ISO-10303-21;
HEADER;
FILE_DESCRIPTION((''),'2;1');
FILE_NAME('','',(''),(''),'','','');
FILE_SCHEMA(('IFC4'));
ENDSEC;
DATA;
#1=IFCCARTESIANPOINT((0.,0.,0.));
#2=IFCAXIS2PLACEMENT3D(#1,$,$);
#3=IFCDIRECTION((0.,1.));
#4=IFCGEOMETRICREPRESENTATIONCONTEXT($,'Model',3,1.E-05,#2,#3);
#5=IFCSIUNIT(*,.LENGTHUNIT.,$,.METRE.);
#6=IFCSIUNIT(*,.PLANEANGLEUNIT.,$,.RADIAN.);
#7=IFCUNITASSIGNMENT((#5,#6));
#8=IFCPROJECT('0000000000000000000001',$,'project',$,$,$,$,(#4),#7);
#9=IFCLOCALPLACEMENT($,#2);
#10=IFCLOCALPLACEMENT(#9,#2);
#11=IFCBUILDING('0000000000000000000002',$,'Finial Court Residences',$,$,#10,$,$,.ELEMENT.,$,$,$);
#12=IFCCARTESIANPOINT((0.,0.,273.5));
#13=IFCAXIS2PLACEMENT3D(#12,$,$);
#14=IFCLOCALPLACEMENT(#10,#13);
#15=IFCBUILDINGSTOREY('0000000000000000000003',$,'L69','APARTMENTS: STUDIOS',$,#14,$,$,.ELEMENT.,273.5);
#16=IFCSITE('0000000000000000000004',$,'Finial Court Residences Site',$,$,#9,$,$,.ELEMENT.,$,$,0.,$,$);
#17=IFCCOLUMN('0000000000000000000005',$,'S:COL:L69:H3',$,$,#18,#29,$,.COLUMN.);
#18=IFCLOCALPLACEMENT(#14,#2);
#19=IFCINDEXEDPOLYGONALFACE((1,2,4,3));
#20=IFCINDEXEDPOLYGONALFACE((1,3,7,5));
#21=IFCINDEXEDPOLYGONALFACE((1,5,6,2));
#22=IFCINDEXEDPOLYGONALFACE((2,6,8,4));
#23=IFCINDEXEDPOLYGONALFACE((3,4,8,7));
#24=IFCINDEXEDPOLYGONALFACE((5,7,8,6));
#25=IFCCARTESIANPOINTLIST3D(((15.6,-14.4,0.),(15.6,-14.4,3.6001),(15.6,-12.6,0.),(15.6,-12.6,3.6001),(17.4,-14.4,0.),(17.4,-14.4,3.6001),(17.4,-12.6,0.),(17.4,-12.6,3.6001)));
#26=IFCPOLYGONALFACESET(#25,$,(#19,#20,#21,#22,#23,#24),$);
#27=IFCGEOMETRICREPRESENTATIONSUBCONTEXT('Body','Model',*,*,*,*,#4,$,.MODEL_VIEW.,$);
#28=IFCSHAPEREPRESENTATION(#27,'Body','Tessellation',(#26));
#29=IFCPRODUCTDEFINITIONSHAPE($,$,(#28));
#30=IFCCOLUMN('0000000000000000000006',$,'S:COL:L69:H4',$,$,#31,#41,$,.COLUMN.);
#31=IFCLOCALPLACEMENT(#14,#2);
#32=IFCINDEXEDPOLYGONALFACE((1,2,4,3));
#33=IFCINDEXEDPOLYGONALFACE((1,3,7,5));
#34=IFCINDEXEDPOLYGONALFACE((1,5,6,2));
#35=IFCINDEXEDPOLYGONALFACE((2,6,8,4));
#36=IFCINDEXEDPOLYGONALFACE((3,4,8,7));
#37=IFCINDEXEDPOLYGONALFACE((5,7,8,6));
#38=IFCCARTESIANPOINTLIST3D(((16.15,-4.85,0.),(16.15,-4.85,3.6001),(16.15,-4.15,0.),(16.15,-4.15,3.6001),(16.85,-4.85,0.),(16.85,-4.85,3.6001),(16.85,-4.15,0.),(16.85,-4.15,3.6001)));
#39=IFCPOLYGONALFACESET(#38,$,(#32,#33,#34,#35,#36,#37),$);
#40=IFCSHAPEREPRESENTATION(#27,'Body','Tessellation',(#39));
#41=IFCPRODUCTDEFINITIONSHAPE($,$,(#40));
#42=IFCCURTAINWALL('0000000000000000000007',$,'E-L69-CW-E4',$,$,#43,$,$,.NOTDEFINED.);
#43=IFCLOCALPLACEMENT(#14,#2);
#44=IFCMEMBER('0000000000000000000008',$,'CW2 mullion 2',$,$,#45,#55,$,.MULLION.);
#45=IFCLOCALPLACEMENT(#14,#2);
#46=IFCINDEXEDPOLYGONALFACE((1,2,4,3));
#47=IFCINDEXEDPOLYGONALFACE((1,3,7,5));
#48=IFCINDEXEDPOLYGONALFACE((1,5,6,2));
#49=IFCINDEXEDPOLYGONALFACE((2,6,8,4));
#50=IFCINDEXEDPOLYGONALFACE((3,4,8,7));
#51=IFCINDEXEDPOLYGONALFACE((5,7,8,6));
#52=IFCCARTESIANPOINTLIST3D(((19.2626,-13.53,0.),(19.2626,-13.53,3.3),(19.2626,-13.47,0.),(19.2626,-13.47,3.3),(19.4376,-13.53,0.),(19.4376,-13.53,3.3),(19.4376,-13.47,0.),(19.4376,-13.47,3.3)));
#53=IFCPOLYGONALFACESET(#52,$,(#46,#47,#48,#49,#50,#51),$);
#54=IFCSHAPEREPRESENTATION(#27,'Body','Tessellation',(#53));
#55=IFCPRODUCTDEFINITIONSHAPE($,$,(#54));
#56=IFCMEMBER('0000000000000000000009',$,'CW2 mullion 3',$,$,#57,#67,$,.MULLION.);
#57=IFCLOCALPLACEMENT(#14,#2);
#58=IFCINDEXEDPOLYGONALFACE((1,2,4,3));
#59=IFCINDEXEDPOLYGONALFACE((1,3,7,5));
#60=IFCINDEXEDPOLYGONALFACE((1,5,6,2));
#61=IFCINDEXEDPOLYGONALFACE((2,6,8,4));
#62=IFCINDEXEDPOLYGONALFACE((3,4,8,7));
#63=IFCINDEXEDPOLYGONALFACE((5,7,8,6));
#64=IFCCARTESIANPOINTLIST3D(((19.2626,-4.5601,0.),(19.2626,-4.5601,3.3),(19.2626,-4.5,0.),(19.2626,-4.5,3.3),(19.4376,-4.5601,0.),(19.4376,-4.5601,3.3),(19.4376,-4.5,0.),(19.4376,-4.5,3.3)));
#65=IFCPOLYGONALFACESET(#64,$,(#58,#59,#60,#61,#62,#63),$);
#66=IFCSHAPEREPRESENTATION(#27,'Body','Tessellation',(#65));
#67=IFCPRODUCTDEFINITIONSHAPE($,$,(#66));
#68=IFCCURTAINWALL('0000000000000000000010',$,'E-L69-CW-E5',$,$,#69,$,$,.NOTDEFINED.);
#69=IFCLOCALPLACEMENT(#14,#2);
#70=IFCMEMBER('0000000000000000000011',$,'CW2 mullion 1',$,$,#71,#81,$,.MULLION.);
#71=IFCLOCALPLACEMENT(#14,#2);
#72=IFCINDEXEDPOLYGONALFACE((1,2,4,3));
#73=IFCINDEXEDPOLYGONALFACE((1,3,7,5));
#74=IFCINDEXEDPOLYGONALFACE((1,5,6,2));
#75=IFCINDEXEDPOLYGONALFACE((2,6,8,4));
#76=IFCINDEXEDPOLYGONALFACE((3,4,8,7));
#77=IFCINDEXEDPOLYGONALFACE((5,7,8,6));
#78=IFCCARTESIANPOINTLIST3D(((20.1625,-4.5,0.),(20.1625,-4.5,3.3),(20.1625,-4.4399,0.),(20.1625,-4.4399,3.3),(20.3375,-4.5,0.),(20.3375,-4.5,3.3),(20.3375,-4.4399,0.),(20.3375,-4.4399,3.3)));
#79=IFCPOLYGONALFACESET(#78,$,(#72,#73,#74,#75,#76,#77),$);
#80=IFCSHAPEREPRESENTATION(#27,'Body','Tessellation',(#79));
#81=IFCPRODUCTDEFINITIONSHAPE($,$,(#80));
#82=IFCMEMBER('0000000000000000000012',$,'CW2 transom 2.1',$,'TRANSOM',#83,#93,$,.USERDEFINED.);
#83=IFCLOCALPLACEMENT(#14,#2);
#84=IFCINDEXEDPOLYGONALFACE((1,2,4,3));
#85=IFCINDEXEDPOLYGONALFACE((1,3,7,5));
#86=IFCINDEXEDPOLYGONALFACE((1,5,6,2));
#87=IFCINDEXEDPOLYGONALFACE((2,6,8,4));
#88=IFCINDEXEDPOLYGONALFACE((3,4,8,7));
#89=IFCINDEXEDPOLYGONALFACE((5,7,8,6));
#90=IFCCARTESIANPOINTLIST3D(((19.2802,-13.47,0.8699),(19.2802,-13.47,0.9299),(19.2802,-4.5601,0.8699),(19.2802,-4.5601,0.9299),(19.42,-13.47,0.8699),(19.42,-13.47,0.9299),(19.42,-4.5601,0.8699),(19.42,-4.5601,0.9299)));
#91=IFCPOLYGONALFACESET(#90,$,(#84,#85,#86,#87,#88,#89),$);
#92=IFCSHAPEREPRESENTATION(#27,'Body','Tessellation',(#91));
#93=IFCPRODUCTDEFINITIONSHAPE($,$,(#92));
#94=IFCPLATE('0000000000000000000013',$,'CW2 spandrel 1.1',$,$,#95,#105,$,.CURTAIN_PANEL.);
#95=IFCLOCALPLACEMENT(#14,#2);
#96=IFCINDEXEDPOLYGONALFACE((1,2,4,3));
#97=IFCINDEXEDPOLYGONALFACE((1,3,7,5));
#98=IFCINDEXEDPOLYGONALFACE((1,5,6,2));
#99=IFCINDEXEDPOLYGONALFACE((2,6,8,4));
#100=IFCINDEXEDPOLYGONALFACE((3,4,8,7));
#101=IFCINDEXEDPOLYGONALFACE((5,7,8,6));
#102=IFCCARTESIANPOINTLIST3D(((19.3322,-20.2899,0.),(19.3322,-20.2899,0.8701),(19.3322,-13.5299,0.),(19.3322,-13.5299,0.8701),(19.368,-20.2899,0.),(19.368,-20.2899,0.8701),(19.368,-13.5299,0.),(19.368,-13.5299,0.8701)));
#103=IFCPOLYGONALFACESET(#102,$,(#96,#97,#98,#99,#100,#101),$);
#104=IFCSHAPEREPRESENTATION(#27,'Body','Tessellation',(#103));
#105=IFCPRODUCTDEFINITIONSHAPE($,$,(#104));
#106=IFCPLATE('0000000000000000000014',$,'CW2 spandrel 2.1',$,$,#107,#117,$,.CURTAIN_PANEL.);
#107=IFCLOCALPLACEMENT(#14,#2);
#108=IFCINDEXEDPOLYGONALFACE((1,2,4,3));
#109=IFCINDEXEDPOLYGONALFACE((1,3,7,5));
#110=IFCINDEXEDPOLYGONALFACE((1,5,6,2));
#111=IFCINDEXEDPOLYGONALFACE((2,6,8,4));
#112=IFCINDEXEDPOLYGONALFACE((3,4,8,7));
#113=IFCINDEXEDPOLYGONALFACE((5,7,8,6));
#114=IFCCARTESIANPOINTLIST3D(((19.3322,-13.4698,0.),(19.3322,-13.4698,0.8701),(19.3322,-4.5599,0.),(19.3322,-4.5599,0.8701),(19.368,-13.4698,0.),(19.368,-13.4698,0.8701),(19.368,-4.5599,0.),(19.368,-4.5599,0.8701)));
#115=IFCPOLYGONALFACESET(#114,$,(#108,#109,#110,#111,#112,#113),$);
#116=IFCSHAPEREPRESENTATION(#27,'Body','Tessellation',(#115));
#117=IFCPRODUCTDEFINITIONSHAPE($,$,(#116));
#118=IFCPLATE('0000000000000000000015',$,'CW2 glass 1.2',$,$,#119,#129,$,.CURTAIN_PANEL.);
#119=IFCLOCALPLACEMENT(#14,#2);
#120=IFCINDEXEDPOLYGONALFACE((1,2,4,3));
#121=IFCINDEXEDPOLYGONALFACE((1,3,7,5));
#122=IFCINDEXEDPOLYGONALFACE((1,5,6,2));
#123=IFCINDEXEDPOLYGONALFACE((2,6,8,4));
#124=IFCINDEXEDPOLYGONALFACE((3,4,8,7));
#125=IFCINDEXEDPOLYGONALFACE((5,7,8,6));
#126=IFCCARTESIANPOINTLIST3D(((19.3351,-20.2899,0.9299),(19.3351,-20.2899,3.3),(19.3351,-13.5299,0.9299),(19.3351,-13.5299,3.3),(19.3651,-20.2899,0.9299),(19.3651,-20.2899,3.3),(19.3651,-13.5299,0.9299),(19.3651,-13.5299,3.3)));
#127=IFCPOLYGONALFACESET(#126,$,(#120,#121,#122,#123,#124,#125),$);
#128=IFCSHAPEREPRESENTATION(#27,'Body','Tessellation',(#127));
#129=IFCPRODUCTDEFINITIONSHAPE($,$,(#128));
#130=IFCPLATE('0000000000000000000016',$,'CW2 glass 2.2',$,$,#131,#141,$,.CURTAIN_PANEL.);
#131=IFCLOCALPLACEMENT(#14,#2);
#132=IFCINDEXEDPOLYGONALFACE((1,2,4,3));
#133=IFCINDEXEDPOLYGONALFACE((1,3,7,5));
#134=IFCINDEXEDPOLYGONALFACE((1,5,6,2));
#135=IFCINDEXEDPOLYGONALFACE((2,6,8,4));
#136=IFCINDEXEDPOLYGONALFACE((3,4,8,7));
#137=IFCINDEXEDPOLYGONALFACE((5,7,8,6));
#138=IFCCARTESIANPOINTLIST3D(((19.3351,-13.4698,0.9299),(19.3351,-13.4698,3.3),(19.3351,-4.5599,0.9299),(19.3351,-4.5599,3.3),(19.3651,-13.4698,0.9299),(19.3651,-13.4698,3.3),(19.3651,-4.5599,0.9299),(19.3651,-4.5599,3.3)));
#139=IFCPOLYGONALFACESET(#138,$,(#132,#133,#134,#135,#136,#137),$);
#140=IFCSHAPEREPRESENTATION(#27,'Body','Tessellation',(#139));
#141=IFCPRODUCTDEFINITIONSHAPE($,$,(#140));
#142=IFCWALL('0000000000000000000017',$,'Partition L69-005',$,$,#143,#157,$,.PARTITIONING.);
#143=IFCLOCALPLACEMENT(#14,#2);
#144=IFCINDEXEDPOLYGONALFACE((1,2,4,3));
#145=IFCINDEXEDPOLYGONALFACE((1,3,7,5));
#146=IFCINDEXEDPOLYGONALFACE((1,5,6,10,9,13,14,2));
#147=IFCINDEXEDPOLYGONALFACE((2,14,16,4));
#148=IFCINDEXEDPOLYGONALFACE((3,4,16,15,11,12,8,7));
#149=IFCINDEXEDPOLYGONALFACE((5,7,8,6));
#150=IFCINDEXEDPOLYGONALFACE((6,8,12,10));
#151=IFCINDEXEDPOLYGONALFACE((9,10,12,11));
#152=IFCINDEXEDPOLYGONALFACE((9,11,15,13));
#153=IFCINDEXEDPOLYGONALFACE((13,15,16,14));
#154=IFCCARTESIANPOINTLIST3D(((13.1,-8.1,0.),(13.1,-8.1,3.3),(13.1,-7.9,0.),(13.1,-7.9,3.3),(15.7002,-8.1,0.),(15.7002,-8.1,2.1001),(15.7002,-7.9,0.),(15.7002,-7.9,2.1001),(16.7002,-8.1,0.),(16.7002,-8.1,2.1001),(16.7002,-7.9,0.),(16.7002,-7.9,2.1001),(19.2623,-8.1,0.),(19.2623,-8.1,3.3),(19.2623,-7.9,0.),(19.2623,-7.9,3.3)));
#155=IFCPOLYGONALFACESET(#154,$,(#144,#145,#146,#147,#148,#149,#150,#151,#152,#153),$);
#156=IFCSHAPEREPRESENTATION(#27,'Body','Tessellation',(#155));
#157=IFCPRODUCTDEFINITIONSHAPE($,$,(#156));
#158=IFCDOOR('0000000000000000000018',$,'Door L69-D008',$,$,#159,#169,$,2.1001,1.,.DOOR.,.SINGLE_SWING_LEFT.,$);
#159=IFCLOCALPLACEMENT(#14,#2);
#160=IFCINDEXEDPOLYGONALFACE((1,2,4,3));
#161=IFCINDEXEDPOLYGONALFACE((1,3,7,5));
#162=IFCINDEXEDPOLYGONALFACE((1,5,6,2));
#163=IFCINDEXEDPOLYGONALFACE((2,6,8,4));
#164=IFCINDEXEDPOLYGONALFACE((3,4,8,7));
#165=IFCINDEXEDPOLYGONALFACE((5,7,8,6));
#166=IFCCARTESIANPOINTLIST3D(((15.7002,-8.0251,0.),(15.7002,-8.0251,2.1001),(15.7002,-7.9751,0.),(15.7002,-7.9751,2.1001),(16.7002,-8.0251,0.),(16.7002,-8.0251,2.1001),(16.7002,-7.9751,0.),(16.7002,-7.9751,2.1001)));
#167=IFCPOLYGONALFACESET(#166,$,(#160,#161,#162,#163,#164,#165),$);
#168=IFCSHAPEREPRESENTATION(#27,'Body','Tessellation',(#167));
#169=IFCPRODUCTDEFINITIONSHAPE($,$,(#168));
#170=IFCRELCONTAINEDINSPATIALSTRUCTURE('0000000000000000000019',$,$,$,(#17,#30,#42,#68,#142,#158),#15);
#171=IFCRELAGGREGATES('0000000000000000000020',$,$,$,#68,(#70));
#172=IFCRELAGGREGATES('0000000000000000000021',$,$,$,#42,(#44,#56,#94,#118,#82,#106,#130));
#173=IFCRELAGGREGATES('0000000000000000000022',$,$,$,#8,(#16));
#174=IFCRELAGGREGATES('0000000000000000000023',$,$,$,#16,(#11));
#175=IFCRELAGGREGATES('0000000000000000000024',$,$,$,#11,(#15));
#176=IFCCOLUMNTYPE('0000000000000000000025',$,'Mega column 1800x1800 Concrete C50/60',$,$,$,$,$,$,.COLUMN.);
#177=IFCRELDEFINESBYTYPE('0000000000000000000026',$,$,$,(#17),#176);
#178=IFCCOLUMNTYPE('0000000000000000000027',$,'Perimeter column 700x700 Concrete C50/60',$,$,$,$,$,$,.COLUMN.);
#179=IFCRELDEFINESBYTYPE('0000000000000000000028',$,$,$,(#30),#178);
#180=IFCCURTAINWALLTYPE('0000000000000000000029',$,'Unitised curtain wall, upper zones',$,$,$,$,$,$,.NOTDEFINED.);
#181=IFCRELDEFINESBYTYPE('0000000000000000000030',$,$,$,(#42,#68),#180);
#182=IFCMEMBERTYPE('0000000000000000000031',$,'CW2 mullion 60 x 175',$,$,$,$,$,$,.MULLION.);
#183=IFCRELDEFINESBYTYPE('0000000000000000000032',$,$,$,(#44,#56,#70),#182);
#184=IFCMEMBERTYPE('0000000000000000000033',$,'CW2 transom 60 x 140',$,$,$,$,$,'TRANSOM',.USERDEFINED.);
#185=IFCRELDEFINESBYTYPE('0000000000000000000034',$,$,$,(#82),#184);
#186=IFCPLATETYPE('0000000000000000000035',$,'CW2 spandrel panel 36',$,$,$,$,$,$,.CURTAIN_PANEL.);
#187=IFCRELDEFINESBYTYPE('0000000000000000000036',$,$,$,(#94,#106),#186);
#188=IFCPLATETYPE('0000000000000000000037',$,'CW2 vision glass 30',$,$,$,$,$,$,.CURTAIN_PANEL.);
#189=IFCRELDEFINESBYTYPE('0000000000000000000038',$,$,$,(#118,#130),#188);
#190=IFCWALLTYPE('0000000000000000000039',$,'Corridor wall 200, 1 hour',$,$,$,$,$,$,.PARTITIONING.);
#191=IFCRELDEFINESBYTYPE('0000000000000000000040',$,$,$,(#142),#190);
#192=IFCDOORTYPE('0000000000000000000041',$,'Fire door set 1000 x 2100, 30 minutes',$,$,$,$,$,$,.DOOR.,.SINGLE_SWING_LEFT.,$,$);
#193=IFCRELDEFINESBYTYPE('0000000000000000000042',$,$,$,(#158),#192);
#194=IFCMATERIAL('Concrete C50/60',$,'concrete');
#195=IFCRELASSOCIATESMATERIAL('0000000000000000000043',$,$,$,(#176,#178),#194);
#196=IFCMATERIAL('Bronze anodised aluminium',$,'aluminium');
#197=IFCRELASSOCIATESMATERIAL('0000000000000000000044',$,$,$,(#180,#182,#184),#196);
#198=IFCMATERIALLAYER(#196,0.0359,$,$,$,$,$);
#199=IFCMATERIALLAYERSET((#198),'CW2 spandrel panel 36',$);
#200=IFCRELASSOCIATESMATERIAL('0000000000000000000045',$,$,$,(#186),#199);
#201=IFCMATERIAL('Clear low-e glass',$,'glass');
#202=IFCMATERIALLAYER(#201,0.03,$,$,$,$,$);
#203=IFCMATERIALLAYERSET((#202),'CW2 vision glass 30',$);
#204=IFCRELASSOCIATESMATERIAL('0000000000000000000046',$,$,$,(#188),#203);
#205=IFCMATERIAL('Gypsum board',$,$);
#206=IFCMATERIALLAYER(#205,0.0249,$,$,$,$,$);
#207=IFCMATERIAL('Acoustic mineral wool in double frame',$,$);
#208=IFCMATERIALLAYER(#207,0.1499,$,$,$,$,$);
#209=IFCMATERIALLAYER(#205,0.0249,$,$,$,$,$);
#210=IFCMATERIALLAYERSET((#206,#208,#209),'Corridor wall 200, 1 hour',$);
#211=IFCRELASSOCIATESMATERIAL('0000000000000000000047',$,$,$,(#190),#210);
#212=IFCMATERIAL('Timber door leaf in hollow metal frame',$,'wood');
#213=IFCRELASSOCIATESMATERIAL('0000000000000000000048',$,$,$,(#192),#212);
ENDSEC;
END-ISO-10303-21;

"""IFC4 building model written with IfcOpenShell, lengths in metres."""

from ifc_helpers import new_model, si_unit, direction, frame, frame_2d, origin, origin_2d, place, context, subcontext, project, spatial, rectangle, extrude, material, layer, layer_set, material_profile, profile_set, type_object, element, fill, aggregate, save


model = new_model("IFC4")

# Units and contexts
model_context = context("Model", 3, precision=1e-05, world=origin(), true_north=direction((0.0, 1.0)))
body_context = subcontext(model_context, "Body", "Model", "MODEL_VIEW")
ifc_project = project(units=[si_unit("LENGTHUNIT", "METRE"), si_unit("PLANEANGLEUNIT", "RADIAN")], contexts=[model_context])

# Site, building, storey
site_placement = place(None, origin())
site = spatial("IfcSite", under=ifc_project, at=site_placement, Name="Finial Court Residences Site", CompositionType="ELEMENT", RefElevation=0.0)
building_placement = place(site_placement, origin())
building = spatial("IfcBuilding", under=site, at=building_placement, Name="Finial Court Residences", CompositionType="ELEMENT")
storey_placement = place(building_placement, frame((0.0, 0.0, 273.5)))
storey = spatial("IfcBuildingStorey", under=building, at=storey_placement, Name="L69", Description="APARTMENTS: STUDIOS", CompositionType="ELEMENT", Elevation=273.5)

# Columns
ifc_material_1 = material(Name="Concrete C50/60", Category="concrete")
ifc_material_profile_1 = material_profile(ifc_material_1, rectangle(XDim=1.8, YDim=1.8, at=origin_2d()), Name="1800x1800")
ifc_profile_set_1 = profile_set([ifc_material_profile_1], Name="Concrete C50/60")
column_type_1 = type_object("IfcColumnType", Name="Mega column 1800x1800 Concrete C50/60", PredefinedType="COLUMN", material=ifc_profile_set_1)
column_1_placement = place(storey_placement, frame((16.5, -13.5, 0.0), z_axis=(0.0, 0.0, 1.0), x_axis=(1.0, 0.0, 0.0)))
element("IfcColumn", 1, at=column_1_placement, inside=storey, type_object=column_type_1, Name="S:COL:L69:H3", PredefinedType="COLUMN", context=body_context, shape_type="SweptSolid", body=[
    extrude(rectangle(XDim=1.8, YDim=1.8, at=origin_2d()), origin(), (0.0, 0.0, 1.0), 3.6001),
])
ifc_material_profile_2 = material_profile(ifc_material_1, rectangle(XDim=0.7, YDim=0.7, at=origin_2d()), Name="700x700")
ifc_profile_set_2 = profile_set([ifc_material_profile_2], Name="Concrete C50/60")
column_type_2 = type_object("IfcColumnType", Name="Perimeter column 700x700 Concrete C50/60", PredefinedType="COLUMN", material=ifc_profile_set_2)
column_2_placement = place(storey_placement, frame((16.5, -4.5, 0.0), z_axis=(0.0, 0.0, 1.0), x_axis=(1.0, 0.0, 0.0)))
element("IfcColumn", 2, at=column_2_placement, inside=storey, type_object=column_type_2, Name="S:COL:L69:H4", PredefinedType="COLUMN", context=body_context, shape_type="SweptSolid", body=[
    extrude(rectangle(XDim=0.7, YDim=0.7, at=origin_2d()), origin(), (0.0, 0.0, 1.0), 3.6001),
])

# Curtain wall, members
ifc_material_2 = material(Name="Bronze anodised aluminium", Category="aluminium")
curtain_wall_type = type_object("IfcCurtainWallType", Name="Unitised curtain wall, upper zones", PredefinedType="NOTDEFINED", material=ifc_material_2)
curtain_wall_1_placement = place(storey_placement, origin())
curtain_wall_1 = element("IfcCurtainWall", 3, at=curtain_wall_1_placement, inside=storey, type_object=curtain_wall_type, Name="E-L69-CW-E4", PredefinedType="NOTDEFINED")
ifc_material_profile_3 = material_profile(ifc_material_2, rectangle(XDim=0.175, YDim=0.0601, at=origin_2d()), Name="CW2 mullion 60 x 175")
ifc_profile_set_3 = profile_set([ifc_material_profile_3], Name="Bronze anodised aluminium")
member_type_1 = type_object("IfcMemberType", Name="CW2 mullion 60 x 175", PredefinedType="MULLION", material=ifc_profile_set_3)
member_1_placement = place(storey_placement, frame((19.3501, -13.5, 0.0), z_axis=(0.0, 0.0, 1.0), x_axis=(-1.0, 0.0, 0.0)))
member_1 = element("IfcMember", 4, at=member_1_placement, type_object=member_type_1, Name="CW2 mullion 2", PredefinedType="MULLION", context=body_context, shape_type="SweptSolid", body=[
    extrude(rectangle(XDim=0.175, YDim=0.0601, at=origin_2d()), origin(), (0.0, 0.0, 1.0), 3.3),
])
member_2_placement = place(storey_placement, frame((19.3501, -4.53, 0.0), z_axis=(0.0, 0.0, 1.0), x_axis=(-1.0, 0.0, 0.0)))
member_2 = element("IfcMember", 5, at=member_2_placement, type_object=member_type_1, Name="CW2 mullion 3", PredefinedType="MULLION", context=body_context, shape_type="SweptSolid", body=[
    extrude(rectangle(XDim=0.175, YDim=0.0601, at=origin_2d()), origin(), (0.0, 0.0, 1.0), 3.3),
])

# Curtain wall, member
curtain_wall_2_placement = place(storey_placement, origin())
curtain_wall_2 = element("IfcCurtainWall", 6, at=curtain_wall_2_placement, inside=storey, type_object=curtain_wall_type, Name="E-L69-CW-E5", PredefinedType="NOTDEFINED")
member_3_placement = place(storey_placement, frame((20.25, -4.47, 0.0), z_axis=(0.0, 0.0, 1.0), x_axis=(-1.0, 0.0, 0.0)))
member_3 = element("IfcMember", 7, at=member_3_placement, type_object=member_type_1, Name="CW2 mullion 1", PredefinedType="MULLION", context=body_context, shape_type="SweptSolid", body=[
    extrude(rectangle(XDim=0.175, YDim=0.0601, at=origin_2d()), origin(), (0.0, 0.0, 1.0), 3.3),
])
aggregate(curtain_wall_2, [member_3])

# Member
ifc_material_profile_4 = material_profile(ifc_material_2, rectangle(XDim=0.1399, YDim=0.0601, at=origin_2d()), Name="CW2 transom 60 x 140")
ifc_profile_set_4 = profile_set([ifc_material_profile_4], Name="Bronze anodised aluminium")
member_type_2 = type_object("IfcMemberType", Name="CW2 transom 60 x 140", ElementType="TRANSOM", PredefinedType="USERDEFINED", material=ifc_profile_set_4)
member_4_placement = place(storey_placement, frame((19.3501, -13.47, 0.8999), z_axis=(0.0, 1.0, 0.0), x_axis=(-1.0, 0.0, 0.0)))
member_4 = element("IfcMember", 8, at=member_4_placement, type_object=member_type_2, Name="CW2 transom 2.1", ObjectType="TRANSOM", PredefinedType="USERDEFINED", context=body_context, shape_type="SweptSolid", body=[
    extrude(rectangle(XDim=0.1399, YDim=0.0601, at=origin_2d()), origin(), (0.0, 0.0, 1.0), 8.9099),
])

# Plates
ifc_layer_1 = layer(ifc_material_2, 0.0359)
ifc_layer_set_1 = layer_set([ifc_layer_1], Name="CW2 spandrel panel 36")
plate_type_1 = type_object("IfcPlateType", Name="CW2 spandrel panel 36", PredefinedType="CURTAIN_PANEL", material=ifc_layer_set_1)
plate_1_placement = place(storey_placement, frame((19.3501, -16.9099, 0.0), z_axis=(0.0, 0.0, 1.0), x_axis=(0.0, 1.0, 0.0)))
plate_1 = element("IfcPlate", 9, at=plate_1_placement, type_object=plate_type_1, Name="CW2 spandrel 1.1", PredefinedType="CURTAIN_PANEL", context=body_context, shape_type="SweptSolid", body=[
    extrude(rectangle(XDim=6.76, YDim=0.0359, at=origin_2d()), origin(), (0.0, 0.0, 1.0), 0.8701),
])
plate_2_placement = place(storey_placement, frame((19.3501, -9.0149, 0.0), z_axis=(0.0, 0.0, 1.0), x_axis=(0.0, 1.0, 0.0)))
plate_2 = element("IfcPlate", 10, at=plate_2_placement, type_object=plate_type_1, Name="CW2 spandrel 2.1", PredefinedType="CURTAIN_PANEL", context=body_context, shape_type="SweptSolid", body=[
    extrude(rectangle(XDim=8.9099, YDim=0.0359, at=origin_2d()), origin(), (0.0, 0.0, 1.0), 0.8701),
])
ifc_material_3 = material(Name="Clear low-e glass", Category="glass")
ifc_layer_2 = layer(ifc_material_3, 0.03)
ifc_layer_set_2 = layer_set([ifc_layer_2], Name="CW2 vision glass 30")
plate_type_2 = type_object("IfcPlateType", Name="CW2 vision glass 30", PredefinedType="CURTAIN_PANEL", material=ifc_layer_set_2)
plate_3_placement = place(storey_placement, frame((19.3501, -16.9099, 0.9299), z_axis=(0.0, 0.0, 1.0), x_axis=(0.0, 1.0, 0.0)))
plate_3 = element("IfcPlate", 11, at=plate_3_placement, type_object=plate_type_2, Name="CW2 glass 1.2", PredefinedType="CURTAIN_PANEL", context=body_context, shape_type="SweptSolid", body=[
    extrude(rectangle(XDim=6.76, YDim=0.03, at=origin_2d()), origin(), (0.0, 0.0, 1.0), 2.3701),
])
plate_4_placement = place(storey_placement, frame((19.3501, -9.0149, 0.9299), z_axis=(0.0, 0.0, 1.0), x_axis=(0.0, 1.0, 0.0)))
plate_4 = element("IfcPlate", 12, at=plate_4_placement, type_object=plate_type_2, Name="CW2 glass 2.2", PredefinedType="CURTAIN_PANEL", context=body_context, shape_type="SweptSolid", body=[
    extrude(rectangle(XDim=8.9099, YDim=0.03, at=origin_2d()), origin(), (0.0, 0.0, 1.0), 2.3701),
])
aggregate(curtain_wall_1, [member_1, member_2, plate_1, plate_3, member_4, plate_2, plate_4])

# Wall, opening, door
ifc_material_4 = material(Name="Gypsum board")
ifc_layer_3 = layer(ifc_material_4, 0.0249)
ifc_material_5 = material(Name="Acoustic mineral wool in double frame")
ifc_layer_4 = layer(ifc_material_5, 0.1499)
ifc_layer_5 = layer(ifc_material_4, 0.0249)
ifc_layer_set_3 = layer_set([ifc_layer_3, ifc_layer_4, ifc_layer_5], Name="Corridor wall 200, 1 hour")
wall_type_1 = type_object("IfcWallType", Name="Corridor wall 200, 1 hour", PredefinedType="PARTITIONING", material=ifc_layer_set_3)
wall_1_placement = place(storey_placement, frame((13.1001, -8.0, 0.0), z_axis=(0.0, 0.0, 1.0), x_axis=(1.0, 0.0, 0.0)))
wall_1 = element("IfcWall", 13, at=wall_1_placement, inside=storey, type_object=wall_type_1, Name="Partition L69-005", PredefinedType="PARTITIONING", context=body_context, shape_type="SweptSolid", body=[
    extrude(rectangle(XDim=6.1624, YDim=0.2, at=frame_2d((3.0811, 0.0))), origin(), (0.0, 0.0, 1.0), 3.3),
])
opening_1_placement = place(wall_1_placement, frame((2.6001, 0.0, 0.0)))
opening_1 = element("IfcOpeningElement", 14, at=opening_1_placement, cuts=wall_1, PredefinedType="OPENING", context=body_context, shape_type="SweptSolid", body=[
    extrude(rectangle(XDim=1.0, YDim=2.1001, at=frame_2d((0.5, 1.05))), frame((0.0, 0.1099, 0.0), z_axis=(0.0, -1.0, 0.0), x_axis=(1.0, 0.0, 0.0)), (0.0, 0.0, 1.0), 0.22),
])
ifc_material_6 = material(Name="Timber door leaf in hollow metal frame", Category="wood")
door_type_1 = type_object("IfcDoorType", Name="Fire door set 1000 x 2100, 30 minutes", OperationType="SINGLE_SWING_LEFT", PredefinedType="DOOR", material=ifc_material_6)
door_1_placement = place(opening_1_placement, origin())
door_1 = element("IfcDoor", 15, at=door_1_placement, inside=storey, type_object=door_type_1, Name="Door L69-D008", OperationType="SINGLE_SWING_LEFT", OverallHeight=2.1001, OverallWidth=1.0, PredefinedType="DOOR", context=body_context, shape_type="SweptSolid", body=[
    extrude(rectangle(XDim=1.0, YDim=2.1001, at=frame_2d((0.5, 1.05))), frame((0.0, 0.0249, 0.0), z_axis=(0.0, -1.0, 0.0), x_axis=(1.0, 0.0, 0.0)), (0.0, 0.0, 1.0), 0.05),
])
fill(opening_1, door_1)

save(model, "model.ifc")
